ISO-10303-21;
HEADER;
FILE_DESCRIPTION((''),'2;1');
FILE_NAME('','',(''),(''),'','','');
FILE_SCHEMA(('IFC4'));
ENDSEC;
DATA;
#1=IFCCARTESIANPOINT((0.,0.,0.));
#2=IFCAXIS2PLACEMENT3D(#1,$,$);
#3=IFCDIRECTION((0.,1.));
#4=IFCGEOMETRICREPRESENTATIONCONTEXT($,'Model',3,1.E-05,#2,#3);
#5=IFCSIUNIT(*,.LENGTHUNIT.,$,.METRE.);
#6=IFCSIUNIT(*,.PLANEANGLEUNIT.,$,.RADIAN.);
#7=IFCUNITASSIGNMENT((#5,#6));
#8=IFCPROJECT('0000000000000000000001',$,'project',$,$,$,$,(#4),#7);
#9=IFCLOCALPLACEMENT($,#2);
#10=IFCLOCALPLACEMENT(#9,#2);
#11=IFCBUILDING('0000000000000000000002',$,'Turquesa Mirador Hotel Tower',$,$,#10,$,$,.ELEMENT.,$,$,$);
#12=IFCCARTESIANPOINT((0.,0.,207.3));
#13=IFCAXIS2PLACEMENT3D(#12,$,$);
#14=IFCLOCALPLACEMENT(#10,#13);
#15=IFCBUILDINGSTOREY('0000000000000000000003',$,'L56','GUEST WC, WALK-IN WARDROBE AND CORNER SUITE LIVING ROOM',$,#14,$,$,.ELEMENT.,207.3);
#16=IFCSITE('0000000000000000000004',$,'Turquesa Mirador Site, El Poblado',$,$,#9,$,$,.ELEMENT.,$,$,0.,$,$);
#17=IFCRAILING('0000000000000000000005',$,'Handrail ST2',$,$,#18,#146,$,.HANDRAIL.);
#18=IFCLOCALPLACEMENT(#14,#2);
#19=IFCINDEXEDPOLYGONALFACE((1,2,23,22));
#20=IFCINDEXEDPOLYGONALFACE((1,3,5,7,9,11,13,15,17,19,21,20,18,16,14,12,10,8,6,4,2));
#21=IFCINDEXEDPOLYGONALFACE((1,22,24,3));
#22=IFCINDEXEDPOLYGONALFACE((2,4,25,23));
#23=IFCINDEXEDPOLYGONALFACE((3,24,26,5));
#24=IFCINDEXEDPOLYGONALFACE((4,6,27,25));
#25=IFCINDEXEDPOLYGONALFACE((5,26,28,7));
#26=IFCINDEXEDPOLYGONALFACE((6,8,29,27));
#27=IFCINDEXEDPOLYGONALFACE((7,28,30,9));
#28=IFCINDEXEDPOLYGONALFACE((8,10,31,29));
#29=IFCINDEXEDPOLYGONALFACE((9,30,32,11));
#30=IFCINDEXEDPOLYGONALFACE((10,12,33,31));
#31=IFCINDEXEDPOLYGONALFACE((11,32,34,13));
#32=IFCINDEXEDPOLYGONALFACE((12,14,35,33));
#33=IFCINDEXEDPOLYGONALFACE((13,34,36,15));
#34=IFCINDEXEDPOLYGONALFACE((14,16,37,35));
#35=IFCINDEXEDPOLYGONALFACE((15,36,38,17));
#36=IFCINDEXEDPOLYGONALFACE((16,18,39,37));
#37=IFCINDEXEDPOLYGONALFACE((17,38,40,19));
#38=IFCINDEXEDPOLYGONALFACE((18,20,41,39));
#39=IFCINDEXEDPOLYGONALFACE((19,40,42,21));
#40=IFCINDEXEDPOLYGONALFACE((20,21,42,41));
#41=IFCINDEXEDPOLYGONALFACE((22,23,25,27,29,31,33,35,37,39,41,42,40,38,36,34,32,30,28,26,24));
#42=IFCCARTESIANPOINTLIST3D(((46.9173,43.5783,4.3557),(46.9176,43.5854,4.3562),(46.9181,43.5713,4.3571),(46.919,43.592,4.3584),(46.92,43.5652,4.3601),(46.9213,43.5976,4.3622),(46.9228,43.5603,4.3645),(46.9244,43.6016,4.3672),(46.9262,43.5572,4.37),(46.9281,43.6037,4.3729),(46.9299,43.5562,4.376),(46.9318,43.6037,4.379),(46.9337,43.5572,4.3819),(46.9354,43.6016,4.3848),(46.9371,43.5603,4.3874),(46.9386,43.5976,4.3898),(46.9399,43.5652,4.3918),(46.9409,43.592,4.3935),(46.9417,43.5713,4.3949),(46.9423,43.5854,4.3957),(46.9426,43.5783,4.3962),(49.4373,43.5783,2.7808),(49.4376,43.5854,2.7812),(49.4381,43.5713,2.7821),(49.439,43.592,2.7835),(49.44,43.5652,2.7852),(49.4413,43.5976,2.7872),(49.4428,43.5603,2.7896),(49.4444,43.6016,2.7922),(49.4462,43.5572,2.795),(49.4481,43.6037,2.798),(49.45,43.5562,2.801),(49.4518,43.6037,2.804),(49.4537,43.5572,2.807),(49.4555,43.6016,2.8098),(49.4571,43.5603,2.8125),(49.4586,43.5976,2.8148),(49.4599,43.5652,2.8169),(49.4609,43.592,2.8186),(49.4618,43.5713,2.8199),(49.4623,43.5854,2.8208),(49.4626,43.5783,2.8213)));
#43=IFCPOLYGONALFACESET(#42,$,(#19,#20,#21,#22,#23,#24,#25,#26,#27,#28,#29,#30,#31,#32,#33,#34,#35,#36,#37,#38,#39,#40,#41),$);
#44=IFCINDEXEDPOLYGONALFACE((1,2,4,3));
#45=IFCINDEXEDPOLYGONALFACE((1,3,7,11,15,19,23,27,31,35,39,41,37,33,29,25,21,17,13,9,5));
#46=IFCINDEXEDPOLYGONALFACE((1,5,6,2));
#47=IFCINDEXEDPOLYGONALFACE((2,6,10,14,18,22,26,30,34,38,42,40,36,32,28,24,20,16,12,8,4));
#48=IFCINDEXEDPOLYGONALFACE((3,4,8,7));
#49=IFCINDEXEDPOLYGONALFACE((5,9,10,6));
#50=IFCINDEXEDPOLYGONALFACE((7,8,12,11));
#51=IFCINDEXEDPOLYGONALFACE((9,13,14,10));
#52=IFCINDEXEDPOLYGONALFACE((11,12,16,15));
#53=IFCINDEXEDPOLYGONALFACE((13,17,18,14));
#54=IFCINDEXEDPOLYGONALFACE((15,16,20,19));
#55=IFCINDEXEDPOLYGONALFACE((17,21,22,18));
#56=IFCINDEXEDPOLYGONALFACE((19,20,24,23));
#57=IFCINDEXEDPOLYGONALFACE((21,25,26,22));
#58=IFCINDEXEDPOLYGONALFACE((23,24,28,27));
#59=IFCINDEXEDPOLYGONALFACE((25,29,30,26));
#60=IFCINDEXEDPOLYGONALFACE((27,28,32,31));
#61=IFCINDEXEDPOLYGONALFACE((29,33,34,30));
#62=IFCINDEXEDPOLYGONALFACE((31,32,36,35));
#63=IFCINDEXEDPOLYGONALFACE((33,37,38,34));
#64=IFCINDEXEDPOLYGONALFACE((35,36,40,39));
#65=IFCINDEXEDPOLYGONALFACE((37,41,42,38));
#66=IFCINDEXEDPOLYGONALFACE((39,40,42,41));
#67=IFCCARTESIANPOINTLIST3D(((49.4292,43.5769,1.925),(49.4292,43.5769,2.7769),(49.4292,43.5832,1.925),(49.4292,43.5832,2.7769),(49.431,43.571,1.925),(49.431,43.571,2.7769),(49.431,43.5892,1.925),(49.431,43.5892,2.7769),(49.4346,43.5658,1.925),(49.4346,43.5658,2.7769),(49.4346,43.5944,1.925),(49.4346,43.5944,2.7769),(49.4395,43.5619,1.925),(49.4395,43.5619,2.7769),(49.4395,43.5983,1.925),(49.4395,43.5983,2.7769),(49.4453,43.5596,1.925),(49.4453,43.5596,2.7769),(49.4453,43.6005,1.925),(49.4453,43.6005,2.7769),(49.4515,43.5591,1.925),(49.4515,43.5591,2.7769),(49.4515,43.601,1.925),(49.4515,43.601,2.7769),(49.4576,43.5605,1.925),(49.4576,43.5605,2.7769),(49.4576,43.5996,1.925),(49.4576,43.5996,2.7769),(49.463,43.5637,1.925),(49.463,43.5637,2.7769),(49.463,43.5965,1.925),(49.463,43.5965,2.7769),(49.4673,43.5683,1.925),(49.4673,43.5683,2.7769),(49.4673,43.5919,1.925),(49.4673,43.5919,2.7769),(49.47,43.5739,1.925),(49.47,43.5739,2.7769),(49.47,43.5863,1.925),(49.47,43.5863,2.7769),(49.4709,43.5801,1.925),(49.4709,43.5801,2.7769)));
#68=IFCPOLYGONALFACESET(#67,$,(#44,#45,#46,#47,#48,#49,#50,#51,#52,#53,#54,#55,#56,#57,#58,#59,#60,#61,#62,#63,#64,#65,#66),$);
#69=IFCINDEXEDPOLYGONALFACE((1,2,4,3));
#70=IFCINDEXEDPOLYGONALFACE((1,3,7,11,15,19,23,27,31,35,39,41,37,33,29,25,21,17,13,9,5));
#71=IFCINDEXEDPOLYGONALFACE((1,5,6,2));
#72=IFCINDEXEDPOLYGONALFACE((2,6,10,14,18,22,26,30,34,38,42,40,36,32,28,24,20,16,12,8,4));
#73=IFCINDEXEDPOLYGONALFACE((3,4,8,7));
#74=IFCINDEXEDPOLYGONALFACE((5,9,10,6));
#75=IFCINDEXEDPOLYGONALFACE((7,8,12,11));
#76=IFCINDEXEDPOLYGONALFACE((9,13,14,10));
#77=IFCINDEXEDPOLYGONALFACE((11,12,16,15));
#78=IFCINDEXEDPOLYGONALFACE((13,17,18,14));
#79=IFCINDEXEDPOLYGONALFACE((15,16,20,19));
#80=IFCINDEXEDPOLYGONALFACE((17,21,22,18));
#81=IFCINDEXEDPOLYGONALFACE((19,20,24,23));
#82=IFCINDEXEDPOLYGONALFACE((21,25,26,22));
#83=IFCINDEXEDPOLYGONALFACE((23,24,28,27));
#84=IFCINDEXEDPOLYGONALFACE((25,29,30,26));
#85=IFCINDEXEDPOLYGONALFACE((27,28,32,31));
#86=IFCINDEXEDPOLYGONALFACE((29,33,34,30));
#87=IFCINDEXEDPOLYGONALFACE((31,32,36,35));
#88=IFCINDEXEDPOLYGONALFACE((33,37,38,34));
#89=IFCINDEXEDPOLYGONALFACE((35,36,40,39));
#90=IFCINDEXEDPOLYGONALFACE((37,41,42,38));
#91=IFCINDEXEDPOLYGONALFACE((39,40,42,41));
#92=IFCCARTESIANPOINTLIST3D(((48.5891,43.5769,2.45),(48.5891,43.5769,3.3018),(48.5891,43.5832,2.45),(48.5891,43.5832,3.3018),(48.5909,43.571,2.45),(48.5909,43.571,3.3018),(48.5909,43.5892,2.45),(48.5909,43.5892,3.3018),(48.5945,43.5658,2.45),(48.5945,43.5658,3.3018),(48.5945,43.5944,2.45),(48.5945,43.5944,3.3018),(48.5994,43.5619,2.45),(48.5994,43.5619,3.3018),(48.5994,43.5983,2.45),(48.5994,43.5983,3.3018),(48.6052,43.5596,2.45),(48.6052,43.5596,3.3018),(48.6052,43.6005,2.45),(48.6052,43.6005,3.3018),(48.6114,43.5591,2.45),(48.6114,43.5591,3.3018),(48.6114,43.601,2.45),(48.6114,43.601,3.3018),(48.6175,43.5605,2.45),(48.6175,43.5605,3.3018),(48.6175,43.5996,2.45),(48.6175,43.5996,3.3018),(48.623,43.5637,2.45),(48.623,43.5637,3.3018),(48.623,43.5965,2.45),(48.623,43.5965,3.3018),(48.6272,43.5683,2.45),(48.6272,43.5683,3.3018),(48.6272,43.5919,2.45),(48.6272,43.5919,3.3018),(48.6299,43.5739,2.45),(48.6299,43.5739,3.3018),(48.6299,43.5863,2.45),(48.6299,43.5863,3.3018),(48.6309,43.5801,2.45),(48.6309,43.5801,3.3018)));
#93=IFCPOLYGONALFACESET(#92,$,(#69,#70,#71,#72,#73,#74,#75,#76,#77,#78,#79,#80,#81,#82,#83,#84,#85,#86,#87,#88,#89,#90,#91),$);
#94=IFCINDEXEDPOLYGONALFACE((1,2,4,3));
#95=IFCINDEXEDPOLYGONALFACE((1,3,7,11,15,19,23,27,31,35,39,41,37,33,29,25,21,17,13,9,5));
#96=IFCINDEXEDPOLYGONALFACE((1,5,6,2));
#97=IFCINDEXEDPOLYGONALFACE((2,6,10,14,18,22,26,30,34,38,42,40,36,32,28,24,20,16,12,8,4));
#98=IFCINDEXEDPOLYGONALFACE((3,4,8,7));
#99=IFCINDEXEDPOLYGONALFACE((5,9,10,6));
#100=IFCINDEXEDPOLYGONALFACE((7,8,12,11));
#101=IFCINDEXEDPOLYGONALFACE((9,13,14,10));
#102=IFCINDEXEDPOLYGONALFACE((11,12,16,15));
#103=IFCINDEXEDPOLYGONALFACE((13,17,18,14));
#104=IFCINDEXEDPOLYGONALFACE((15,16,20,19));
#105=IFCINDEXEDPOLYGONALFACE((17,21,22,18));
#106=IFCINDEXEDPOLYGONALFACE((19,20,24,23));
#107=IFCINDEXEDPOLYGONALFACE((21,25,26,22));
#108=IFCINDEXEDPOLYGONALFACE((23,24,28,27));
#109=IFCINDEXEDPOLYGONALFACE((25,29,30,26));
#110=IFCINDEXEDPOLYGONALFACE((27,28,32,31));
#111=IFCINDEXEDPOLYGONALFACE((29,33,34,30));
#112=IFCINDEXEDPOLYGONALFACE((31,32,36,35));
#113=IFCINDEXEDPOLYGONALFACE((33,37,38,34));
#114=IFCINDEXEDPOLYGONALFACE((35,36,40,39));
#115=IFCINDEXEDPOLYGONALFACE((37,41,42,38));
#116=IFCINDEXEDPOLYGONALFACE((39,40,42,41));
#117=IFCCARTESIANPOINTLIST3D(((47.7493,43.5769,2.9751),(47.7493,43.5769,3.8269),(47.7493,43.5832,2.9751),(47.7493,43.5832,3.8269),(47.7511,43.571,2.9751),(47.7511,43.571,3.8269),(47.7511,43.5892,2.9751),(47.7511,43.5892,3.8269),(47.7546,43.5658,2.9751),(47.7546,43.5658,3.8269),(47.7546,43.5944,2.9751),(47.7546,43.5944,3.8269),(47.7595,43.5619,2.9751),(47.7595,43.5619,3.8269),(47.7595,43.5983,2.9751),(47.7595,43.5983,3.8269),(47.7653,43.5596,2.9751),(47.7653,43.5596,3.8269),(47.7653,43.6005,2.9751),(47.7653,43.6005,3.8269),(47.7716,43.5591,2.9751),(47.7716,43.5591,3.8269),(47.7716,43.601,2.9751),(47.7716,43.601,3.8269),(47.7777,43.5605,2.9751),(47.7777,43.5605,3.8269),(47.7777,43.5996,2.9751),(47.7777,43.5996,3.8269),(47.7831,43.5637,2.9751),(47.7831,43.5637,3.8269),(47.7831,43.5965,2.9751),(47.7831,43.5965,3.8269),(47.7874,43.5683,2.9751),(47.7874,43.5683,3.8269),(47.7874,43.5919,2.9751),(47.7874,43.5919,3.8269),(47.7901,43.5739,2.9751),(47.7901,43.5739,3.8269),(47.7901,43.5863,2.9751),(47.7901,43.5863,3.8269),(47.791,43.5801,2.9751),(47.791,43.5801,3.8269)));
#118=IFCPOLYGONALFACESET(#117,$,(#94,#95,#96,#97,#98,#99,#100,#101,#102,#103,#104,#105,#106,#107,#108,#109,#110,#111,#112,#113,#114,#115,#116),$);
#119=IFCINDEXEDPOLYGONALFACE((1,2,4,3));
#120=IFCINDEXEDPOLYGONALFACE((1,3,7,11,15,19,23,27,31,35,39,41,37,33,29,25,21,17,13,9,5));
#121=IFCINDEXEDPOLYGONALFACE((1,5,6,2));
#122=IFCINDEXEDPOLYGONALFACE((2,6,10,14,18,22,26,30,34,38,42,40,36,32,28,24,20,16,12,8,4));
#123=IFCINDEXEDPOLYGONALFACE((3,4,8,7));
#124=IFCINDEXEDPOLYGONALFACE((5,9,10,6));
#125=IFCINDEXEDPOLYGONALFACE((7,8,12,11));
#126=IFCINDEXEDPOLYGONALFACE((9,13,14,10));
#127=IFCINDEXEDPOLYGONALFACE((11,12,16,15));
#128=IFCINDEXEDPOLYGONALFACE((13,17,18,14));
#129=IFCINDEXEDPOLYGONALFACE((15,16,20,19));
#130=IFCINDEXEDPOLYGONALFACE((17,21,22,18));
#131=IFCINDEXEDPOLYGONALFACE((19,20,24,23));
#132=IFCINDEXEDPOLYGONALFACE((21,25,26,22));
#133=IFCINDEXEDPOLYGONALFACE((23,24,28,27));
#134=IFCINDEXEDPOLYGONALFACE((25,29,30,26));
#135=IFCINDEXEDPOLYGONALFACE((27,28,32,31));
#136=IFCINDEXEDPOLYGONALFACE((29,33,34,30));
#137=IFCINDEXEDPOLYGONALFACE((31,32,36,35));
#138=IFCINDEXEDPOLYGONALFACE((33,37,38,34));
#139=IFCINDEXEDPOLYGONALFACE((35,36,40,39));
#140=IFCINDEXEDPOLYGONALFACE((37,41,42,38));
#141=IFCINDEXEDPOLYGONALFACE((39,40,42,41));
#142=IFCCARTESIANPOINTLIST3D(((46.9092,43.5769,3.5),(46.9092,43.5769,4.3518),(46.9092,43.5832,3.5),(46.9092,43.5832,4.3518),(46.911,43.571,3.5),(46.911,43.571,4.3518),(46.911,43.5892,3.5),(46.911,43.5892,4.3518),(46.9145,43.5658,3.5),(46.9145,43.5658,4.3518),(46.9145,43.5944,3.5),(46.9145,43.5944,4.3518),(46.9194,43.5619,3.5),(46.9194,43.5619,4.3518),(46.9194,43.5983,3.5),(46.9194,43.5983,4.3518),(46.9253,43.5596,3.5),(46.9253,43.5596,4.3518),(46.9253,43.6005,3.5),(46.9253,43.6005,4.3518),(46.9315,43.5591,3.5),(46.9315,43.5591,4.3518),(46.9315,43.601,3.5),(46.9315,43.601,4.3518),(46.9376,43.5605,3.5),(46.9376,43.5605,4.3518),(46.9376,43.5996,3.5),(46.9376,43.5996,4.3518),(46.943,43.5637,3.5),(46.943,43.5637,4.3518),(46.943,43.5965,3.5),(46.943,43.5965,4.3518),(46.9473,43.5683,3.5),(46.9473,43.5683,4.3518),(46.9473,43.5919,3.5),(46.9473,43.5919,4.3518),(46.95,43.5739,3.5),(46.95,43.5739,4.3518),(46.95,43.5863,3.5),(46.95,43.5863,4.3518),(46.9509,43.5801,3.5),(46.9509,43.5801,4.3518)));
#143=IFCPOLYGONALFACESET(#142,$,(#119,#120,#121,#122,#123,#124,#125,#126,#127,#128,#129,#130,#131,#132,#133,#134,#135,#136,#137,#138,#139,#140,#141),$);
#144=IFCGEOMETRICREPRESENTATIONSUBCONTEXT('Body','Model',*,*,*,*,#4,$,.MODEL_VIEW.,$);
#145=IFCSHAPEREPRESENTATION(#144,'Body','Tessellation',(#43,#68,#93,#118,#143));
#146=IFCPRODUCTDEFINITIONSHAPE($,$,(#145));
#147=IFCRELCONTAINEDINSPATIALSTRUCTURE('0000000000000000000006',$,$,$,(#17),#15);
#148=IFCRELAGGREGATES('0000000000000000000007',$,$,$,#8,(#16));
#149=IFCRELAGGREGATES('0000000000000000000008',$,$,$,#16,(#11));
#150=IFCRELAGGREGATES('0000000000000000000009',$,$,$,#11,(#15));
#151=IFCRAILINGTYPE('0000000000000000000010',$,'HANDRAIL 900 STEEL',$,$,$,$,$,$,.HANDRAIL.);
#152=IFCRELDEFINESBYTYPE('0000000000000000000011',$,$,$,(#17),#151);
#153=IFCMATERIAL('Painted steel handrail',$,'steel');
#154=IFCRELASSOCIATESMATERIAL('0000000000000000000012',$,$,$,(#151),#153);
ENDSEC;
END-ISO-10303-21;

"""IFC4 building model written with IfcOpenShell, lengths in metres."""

from ifc_helpers import new_model, si_unit, direction, frame, origin, origin_2d, place, context, subcontext, project, spatial, circle, extrude, material, type_object, element, save


model = new_model("IFC4")

# Units and contexts
model_context = context("Model", 3, precision=1e-05, world=origin(), true_north=direction((0.0, 1.0)))
body_context = subcontext(model_context, "Body", "Model", "MODEL_VIEW")
ifc_project = project(units=[si_unit("LENGTHUNIT", "METRE"), si_unit("PLANEANGLEUNIT", "RADIAN")], contexts=[model_context])

# Site, building, storey
site_placement = place(None, origin())
site = spatial("IfcSite", under=ifc_project, at=site_placement, Name="Turquesa Mirador Site, El Poblado", CompositionType="ELEMENT", RefElevation=0.0)
building_placement = place(site_placement, origin())
building = spatial("IfcBuilding", under=site, at=building_placement, Name="Turquesa Mirador Hotel Tower", CompositionType="ELEMENT")
storey_placement = place(building_placement, frame((0.0, 0.0, 207.3)))
storey = spatial("IfcBuildingStorey", under=building, at=storey_placement, Name="L56", Description="GUEST WC, WALK-IN WARDROBE AND CORNER SUITE LIVING ROOM", CompositionType="ELEMENT", Elevation=207.3)

# Railing
ifc_material_1 = material(Name="Painted steel handrail", Category="steel")
railing_type = type_object("IfcRailingType", Name="HANDRAIL 900 STEEL", PredefinedType="HANDRAIL", material=ifc_material_1)
railing_1_placement = place(storey_placement, frame((49.45, 43.5801, 1.925)))
element("IfcRailing", 1, at=railing_1_placement, inside=storey, type_object=railing_type, Name="Handrail ST2", PredefinedType="HANDRAIL", context=body_context, shape_type="SweptSolid", body=[
    extrude(circle(Radius=0.0239, at=origin_2d()), frame((0.0, 0.0, 0.876), z_axis=(-0.848008, 0.0, 0.529984), x_axis=(0.0, -1.0, 0.0)), (0.0, 0.0, 1.0), 2.9717),
    extrude(circle(Radius=0.021, at=origin_2d()), origin(), (0.0, 0.0, 1.0), 0.8518),
    extrude(circle(Radius=0.021, at=origin_2d()), frame((-0.8401, 0.0, 0.5249)), (0.0, 0.0, 1.0), 0.8518),
    extrude(circle(Radius=0.021, at=origin_2d()), frame((-1.6799, 0.0, 1.05)), (0.0, 0.0, 1.0), 0.8518),
    extrude(circle(Radius=0.021, at=origin_2d()), frame((-2.52, 0.0, 1.575)), (0.0, 0.0, 1.0), 0.8518),
])

save(model, "model.ifc")
